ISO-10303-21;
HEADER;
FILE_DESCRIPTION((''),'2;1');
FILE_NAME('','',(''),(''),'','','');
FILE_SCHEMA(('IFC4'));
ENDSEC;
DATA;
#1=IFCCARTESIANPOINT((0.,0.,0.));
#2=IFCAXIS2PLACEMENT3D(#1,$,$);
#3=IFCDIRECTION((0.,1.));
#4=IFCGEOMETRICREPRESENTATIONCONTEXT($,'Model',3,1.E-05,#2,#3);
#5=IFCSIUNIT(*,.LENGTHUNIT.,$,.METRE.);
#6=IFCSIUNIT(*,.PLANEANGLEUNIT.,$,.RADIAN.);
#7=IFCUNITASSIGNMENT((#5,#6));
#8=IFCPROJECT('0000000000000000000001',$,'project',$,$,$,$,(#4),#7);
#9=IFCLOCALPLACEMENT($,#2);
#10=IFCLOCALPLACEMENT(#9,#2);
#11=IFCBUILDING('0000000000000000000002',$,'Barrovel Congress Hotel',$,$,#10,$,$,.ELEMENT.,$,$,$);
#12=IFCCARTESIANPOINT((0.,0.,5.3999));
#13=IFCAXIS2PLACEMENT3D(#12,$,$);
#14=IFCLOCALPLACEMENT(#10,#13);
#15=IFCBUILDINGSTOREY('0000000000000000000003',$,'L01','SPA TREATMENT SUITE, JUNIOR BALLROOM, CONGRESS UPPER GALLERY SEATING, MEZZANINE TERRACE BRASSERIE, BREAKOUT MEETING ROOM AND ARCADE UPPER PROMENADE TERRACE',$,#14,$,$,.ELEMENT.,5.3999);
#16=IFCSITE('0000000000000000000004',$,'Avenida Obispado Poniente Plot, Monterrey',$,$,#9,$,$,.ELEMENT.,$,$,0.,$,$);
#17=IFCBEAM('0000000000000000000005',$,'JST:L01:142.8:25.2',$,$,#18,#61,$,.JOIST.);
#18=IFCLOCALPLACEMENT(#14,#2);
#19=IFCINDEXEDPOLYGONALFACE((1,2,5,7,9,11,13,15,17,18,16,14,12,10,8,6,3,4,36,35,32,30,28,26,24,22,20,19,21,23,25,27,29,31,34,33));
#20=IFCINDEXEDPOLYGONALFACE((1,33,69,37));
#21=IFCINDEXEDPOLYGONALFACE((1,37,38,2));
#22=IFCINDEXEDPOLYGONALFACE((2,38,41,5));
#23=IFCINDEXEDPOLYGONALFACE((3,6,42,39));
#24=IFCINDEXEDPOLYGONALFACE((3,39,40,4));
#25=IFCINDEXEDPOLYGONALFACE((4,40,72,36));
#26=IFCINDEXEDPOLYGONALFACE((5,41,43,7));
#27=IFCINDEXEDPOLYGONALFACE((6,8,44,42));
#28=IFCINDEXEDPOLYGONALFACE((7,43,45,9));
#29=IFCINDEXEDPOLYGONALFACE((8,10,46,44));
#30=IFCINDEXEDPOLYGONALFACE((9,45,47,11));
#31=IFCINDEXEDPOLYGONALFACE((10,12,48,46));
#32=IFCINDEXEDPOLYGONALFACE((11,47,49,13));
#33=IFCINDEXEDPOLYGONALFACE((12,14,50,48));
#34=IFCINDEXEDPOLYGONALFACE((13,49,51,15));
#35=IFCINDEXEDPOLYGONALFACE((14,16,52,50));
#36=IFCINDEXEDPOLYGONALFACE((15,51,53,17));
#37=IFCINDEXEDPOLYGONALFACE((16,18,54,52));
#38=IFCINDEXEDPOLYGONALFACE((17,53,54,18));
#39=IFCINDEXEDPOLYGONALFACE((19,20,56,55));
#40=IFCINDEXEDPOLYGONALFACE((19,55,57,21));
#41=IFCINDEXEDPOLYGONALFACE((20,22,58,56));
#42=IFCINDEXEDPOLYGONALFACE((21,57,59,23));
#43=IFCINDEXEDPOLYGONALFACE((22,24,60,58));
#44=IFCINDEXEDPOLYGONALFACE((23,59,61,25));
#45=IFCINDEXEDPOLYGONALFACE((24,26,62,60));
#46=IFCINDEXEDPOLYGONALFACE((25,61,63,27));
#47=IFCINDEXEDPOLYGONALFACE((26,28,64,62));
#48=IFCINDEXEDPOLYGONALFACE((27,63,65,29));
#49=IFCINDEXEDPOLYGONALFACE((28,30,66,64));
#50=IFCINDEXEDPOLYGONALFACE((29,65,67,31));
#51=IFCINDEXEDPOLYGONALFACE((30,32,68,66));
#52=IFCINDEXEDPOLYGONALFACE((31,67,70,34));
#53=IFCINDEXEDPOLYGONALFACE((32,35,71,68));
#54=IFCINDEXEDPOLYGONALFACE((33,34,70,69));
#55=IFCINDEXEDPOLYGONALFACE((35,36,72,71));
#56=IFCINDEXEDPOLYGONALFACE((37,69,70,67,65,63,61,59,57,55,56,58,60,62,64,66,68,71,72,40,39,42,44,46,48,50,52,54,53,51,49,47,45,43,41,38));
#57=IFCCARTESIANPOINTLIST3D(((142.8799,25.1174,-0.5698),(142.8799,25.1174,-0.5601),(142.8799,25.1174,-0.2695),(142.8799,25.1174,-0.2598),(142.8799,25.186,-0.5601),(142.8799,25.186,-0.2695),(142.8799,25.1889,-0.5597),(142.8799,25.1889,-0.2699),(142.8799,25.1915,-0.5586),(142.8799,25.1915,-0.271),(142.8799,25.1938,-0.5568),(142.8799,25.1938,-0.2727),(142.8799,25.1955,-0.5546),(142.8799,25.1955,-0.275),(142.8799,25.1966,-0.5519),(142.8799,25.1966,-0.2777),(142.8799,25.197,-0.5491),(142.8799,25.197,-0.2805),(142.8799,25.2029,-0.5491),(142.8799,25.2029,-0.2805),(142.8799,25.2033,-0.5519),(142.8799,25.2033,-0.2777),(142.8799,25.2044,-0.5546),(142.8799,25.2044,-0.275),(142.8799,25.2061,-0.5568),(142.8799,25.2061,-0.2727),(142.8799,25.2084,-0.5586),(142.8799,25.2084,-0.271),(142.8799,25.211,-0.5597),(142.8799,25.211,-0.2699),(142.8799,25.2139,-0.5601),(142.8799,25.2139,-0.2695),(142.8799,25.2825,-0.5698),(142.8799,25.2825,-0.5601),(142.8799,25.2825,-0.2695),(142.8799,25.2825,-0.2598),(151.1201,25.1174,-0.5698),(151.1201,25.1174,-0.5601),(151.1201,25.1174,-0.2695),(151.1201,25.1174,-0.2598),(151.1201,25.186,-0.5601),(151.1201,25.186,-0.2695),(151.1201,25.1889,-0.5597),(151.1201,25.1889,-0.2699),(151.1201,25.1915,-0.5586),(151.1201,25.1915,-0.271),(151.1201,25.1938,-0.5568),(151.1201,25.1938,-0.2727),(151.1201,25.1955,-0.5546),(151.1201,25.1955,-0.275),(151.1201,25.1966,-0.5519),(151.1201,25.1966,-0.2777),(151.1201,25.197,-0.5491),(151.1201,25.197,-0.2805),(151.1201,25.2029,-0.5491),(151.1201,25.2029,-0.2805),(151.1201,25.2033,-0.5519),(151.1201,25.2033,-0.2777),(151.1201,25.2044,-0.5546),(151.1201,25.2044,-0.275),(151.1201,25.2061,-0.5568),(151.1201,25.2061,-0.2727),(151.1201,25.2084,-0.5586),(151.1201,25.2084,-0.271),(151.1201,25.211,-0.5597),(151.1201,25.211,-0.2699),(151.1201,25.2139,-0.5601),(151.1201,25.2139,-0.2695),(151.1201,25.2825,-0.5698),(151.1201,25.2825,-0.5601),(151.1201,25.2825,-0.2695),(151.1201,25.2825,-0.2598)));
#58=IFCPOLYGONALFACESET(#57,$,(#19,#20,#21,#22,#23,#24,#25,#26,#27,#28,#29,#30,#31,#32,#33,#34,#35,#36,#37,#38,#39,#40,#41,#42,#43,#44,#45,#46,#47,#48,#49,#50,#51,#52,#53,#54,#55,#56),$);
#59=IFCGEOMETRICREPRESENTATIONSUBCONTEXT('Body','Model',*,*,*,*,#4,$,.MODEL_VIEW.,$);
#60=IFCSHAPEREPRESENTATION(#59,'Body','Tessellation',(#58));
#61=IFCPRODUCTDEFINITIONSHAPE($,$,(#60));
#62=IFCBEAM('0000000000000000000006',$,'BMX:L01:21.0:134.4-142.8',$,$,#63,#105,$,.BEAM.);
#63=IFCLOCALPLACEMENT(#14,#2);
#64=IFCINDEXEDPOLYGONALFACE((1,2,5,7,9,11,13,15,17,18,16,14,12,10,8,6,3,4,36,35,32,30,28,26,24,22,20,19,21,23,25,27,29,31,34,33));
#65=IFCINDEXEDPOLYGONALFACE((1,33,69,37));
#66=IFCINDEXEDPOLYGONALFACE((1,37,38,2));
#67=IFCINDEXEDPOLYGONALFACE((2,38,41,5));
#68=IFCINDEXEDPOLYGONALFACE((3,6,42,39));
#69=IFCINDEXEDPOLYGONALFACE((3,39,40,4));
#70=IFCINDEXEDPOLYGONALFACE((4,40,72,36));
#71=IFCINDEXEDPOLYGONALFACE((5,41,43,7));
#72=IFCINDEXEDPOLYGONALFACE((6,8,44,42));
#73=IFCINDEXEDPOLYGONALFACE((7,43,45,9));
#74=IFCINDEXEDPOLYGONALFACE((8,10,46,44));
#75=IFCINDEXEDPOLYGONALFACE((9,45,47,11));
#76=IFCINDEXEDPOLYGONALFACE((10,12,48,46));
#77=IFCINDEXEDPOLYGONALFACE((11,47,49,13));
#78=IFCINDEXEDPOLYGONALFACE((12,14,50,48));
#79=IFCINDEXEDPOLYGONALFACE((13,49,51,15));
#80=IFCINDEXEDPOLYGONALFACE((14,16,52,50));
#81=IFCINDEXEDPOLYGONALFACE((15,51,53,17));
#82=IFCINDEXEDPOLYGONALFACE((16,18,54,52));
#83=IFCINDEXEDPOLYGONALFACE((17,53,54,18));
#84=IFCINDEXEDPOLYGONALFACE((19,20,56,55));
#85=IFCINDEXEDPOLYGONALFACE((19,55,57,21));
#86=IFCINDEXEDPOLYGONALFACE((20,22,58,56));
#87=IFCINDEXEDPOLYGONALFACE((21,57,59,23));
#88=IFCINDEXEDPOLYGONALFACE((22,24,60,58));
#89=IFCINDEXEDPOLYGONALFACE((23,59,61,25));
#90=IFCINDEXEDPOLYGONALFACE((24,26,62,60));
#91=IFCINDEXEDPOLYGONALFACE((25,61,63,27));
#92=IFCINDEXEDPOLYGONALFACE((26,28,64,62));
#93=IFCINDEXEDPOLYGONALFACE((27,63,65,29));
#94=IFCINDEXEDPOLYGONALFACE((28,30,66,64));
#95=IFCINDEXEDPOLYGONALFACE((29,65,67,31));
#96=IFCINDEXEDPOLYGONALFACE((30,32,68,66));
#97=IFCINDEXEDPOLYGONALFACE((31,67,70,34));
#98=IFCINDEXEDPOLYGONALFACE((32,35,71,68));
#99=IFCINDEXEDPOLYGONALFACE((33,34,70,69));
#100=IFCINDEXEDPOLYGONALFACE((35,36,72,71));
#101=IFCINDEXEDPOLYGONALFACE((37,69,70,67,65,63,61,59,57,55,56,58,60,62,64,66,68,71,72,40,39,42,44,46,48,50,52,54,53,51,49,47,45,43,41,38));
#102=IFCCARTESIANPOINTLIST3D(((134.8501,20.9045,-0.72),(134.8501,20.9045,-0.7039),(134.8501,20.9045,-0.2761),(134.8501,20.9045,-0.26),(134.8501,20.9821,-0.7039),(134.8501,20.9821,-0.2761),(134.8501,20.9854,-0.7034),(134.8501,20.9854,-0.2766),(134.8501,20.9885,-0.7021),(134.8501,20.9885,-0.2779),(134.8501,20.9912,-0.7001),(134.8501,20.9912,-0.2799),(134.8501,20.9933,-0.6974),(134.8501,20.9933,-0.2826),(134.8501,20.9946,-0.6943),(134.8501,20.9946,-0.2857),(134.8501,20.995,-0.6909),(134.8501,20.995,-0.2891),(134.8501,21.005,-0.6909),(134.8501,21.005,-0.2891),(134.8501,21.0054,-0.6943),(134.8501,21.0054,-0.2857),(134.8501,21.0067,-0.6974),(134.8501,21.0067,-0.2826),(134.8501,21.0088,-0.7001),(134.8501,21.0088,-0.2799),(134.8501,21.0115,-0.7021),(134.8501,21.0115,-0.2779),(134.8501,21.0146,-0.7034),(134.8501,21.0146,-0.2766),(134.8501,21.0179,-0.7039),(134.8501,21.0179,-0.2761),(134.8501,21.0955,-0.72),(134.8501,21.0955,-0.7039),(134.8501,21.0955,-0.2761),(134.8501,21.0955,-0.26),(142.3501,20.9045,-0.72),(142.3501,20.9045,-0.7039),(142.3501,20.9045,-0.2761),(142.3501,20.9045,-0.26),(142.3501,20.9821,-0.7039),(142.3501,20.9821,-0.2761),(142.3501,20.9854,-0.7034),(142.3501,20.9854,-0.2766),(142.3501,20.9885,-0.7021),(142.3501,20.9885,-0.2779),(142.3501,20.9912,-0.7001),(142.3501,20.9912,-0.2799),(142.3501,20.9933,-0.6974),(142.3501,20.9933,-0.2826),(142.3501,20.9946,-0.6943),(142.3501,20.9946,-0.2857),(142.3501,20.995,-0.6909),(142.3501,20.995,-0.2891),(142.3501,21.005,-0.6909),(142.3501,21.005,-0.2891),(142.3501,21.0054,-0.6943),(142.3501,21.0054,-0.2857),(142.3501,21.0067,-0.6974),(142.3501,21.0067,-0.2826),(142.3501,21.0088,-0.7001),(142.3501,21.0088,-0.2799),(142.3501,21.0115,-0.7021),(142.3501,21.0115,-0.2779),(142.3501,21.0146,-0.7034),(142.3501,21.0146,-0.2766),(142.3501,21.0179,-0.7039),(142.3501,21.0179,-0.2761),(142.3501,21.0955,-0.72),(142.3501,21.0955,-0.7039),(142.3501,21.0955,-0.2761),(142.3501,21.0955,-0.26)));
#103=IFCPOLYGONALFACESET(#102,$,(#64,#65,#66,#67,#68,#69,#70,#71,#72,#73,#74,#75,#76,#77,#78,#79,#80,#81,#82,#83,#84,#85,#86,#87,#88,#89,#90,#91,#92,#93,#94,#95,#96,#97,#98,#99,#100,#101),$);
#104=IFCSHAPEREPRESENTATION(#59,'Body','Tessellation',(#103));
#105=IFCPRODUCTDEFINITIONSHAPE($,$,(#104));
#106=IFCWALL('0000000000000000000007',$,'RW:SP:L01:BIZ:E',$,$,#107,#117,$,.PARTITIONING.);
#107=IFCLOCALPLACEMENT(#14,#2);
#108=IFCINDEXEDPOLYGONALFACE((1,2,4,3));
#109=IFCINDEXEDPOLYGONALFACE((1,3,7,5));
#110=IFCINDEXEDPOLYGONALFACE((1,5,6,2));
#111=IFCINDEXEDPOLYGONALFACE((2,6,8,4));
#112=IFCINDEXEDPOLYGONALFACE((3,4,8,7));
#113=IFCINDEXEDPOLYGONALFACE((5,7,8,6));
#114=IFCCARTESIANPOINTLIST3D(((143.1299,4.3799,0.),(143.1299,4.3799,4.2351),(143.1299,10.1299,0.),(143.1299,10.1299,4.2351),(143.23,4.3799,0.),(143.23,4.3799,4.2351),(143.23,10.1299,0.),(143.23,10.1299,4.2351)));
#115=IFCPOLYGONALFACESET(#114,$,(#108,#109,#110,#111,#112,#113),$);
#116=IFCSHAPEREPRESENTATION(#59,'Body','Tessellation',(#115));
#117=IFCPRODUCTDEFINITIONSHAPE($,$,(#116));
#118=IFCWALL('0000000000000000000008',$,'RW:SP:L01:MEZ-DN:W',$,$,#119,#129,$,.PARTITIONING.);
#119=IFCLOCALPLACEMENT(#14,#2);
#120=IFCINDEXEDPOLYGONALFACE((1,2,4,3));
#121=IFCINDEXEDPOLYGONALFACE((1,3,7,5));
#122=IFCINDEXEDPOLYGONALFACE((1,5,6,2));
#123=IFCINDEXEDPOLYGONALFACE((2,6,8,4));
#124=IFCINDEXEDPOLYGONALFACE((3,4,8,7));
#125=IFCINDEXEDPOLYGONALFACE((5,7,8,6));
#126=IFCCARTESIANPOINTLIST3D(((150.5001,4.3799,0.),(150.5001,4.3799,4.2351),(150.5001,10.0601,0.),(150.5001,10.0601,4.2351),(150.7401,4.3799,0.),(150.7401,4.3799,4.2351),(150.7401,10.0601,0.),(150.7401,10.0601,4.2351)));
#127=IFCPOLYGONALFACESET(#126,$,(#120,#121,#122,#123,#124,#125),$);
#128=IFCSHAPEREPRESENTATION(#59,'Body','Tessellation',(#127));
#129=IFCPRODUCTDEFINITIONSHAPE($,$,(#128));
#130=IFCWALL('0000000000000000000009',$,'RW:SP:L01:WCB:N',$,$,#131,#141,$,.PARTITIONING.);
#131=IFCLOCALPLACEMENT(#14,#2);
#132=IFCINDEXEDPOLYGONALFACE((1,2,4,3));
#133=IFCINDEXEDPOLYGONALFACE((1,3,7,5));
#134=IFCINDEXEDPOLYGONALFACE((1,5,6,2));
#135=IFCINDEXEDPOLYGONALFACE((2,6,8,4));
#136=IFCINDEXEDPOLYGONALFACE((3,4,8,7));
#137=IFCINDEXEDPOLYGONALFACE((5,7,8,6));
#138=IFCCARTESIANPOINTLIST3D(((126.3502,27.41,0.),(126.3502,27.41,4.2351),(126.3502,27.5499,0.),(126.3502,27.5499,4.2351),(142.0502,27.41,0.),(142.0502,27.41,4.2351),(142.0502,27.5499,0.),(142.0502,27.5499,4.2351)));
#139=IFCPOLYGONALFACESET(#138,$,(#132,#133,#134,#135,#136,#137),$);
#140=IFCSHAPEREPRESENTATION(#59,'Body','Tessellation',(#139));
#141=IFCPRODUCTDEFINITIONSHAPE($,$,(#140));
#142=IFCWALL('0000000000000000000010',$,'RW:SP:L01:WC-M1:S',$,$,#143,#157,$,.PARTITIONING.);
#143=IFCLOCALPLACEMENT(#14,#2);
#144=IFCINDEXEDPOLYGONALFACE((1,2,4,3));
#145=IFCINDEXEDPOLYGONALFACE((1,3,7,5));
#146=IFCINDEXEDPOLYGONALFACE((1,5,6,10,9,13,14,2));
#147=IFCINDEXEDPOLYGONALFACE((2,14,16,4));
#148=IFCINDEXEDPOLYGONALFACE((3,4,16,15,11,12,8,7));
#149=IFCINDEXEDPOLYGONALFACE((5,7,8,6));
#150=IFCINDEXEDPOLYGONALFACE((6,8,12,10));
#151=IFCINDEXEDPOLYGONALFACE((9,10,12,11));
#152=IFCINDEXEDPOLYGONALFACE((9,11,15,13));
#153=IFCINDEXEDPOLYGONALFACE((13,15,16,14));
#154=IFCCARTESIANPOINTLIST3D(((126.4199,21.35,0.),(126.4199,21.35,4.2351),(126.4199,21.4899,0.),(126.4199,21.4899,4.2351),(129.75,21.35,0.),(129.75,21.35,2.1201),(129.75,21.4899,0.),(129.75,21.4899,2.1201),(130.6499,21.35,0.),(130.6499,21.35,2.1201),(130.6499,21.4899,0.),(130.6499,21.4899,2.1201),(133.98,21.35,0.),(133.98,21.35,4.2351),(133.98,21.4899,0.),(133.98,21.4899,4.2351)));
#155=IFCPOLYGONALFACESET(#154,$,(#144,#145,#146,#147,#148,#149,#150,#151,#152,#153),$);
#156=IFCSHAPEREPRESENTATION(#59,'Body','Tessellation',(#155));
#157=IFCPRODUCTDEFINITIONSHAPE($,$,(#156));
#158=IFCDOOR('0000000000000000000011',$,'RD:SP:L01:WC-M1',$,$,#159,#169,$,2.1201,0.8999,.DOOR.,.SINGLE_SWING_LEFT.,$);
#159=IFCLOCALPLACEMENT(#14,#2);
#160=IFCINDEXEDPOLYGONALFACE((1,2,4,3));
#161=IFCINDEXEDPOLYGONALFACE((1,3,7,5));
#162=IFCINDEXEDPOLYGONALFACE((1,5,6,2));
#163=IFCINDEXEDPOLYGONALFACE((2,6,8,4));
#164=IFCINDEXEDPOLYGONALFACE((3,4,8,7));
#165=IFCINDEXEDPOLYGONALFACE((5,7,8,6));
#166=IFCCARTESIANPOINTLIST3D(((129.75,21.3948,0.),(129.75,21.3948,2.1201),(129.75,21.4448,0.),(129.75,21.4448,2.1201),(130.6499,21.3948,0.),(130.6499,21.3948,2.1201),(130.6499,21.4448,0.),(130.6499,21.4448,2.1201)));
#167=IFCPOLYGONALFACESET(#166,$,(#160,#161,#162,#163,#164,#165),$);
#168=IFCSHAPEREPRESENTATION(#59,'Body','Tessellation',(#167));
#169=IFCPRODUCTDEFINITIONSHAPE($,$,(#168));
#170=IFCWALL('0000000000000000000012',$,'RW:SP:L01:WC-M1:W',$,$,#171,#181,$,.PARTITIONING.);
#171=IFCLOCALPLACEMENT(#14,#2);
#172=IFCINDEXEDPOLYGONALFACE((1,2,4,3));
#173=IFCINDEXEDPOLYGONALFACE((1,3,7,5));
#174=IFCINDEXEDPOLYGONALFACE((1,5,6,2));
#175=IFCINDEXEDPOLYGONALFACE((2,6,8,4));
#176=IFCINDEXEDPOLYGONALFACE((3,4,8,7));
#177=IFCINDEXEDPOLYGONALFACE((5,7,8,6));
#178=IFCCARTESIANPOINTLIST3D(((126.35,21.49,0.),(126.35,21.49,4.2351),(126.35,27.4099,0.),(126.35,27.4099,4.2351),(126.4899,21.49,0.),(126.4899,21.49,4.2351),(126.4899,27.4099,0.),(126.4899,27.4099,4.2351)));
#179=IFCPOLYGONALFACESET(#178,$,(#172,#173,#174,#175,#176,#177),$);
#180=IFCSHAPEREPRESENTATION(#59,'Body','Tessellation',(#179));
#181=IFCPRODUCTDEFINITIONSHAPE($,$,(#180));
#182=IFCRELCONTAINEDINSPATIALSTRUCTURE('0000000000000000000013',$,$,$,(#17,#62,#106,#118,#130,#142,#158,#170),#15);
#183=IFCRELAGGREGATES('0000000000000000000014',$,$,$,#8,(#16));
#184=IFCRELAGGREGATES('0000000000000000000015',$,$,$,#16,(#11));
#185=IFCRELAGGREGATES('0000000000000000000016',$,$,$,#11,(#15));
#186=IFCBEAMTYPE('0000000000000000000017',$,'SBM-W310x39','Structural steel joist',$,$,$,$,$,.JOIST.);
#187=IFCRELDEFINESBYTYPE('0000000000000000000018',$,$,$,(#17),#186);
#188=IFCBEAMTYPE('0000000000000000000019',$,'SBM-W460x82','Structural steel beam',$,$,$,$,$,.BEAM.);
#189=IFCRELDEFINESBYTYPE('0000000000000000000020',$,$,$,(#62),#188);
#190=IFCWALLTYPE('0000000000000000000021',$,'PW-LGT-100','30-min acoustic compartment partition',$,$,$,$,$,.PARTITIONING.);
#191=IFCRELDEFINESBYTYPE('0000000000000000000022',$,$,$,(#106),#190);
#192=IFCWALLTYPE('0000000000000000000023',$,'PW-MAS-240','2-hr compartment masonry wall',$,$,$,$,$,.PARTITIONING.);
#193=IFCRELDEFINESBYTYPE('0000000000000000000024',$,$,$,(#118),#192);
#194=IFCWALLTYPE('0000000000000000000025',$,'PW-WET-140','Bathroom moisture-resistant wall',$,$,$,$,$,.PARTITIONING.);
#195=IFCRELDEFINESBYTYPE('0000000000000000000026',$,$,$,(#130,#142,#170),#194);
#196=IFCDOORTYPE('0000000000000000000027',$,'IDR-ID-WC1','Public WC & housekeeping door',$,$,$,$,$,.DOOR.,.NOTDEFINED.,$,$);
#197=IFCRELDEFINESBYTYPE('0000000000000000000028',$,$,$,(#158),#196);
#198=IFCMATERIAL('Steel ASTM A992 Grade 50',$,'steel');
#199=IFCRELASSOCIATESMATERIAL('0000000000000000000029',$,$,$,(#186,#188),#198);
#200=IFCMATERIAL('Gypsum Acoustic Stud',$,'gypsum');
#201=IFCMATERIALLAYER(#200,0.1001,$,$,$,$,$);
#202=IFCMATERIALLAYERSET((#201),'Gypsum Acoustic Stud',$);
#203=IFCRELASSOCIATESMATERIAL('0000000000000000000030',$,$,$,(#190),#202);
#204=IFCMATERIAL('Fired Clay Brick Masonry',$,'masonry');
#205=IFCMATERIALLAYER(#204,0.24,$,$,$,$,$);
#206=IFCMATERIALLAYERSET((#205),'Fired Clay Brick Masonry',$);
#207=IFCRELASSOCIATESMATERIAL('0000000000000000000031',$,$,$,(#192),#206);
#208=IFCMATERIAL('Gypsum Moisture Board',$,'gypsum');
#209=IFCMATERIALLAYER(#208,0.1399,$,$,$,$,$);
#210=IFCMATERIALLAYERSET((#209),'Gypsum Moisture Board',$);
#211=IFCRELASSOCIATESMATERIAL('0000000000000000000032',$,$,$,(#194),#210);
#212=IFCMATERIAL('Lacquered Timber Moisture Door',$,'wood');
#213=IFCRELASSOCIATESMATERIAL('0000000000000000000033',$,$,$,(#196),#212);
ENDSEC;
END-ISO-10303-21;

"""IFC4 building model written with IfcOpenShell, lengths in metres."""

from ifc_helpers import new_model, si_unit, direction, frame, frame_2d, origin, origin_2d, place, context, subcontext, project, spatial, rectangle, i_section, extrude, material, layer, layer_set, material_profile, profile_set, type_object, element, fill, save


model = new_model("IFC4")

# Units and contexts
model_context = context("Model", 3, precision=1e-05, world=origin(), true_north=direction((0.0, 1.0)))
body_context = subcontext(model_context, "Body", "Model", "MODEL_VIEW")
ifc_project = project(units=[si_unit("LENGTHUNIT", "METRE"), si_unit("PLANEANGLEUNIT", "RADIAN")], contexts=[model_context])

# Site, building, storey
site_placement = place(None, origin())
site = spatial("IfcSite", under=ifc_project, at=site_placement, Name="Avenida Obispado Poniente Plot, Monterrey", CompositionType="ELEMENT", RefElevation=0.0)
building_placement = place(site_placement, origin())
building = spatial("IfcBuilding", under=site, at=building_placement, Name="Barrovel Congress Hotel", CompositionType="ELEMENT")
storey_placement = place(building_placement, frame((0.0, 0.0, 5.3999)))
storey = spatial("IfcBuildingStorey", under=building, at=storey_placement, Name="L01", Description="SPA TREATMENT SUITE, JUNIOR BALLROOM, CONGRESS UPPER GALLERY SEATING, MEZZANINE TERRACE BRASSERIE, BREAKOUT MEETING ROOM AND ARCADE UPPER PROMENADE TERRACE", CompositionType="ELEMENT", Elevation=5.3999)

# Beams
ifc_material_1 = material(Name="Steel ASTM A992 Grade 50", Category="steel")
ifc_material_profile_1 = material_profile(ifc_material_1, i_section(OverallWidth=0.165, OverallDepth=0.3101, WebThickness=0.0059, FlangeThickness=0.0098, FilletRadius=0.011, at=origin_2d()), Name="W310x39")
ifc_profile_set_1 = profile_set([ifc_material_profile_1], Name="Steel ASTM A992 Grade 50")
beam_type_1 = type_object("IfcBeamType", Name="SBM-W310x39", Description="Structural steel joist", PredefinedType="JOIST", material=ifc_profile_set_1)
beam_1_placement = place(storey_placement, frame((142.8799, 25.2, -0.4148), z_axis=(1.0, 0.0, 0.0), x_axis=(0.0, 1.0, 0.0)))
element("IfcBeam", 1, at=beam_1_placement, inside=storey, type_object=beam_type_1, Name="JST:L01:142.8:25.2", PredefinedType="JOIST", context=body_context, shape_type="SweptSolid", body=[
    extrude(i_section(OverallWidth=0.165, OverallDepth=0.3101, WebThickness=0.0059, FlangeThickness=0.0098, FilletRadius=0.011, at=origin_2d()), origin(), (0.0, 0.0, 1.0), 8.2402),
])
ifc_material_profile_2 = material_profile(ifc_material_1, i_section(OverallWidth=0.1909, OverallDepth=0.46, WebThickness=0.01, FlangeThickness=0.0161, FilletRadius=0.0129, at=origin_2d()), Name="W460x82")
ifc_profile_set_2 = profile_set([ifc_material_profile_2], Name="Steel ASTM A992 Grade 50")
beam_type_2 = type_object("IfcBeamType", Name="SBM-W460x82", Description="Structural steel beam", PredefinedType="BEAM", material=ifc_profile_set_2)
beam_2_placement = place(storey_placement, frame((134.8501, 21.0, -0.49), z_axis=(1.0, 0.0, 0.0), x_axis=(0.0, 1.0, 0.0)))
element("IfcBeam", 2, at=beam_2_placement, inside=storey, type_object=beam_type_2, Name="BMX:L01:21.0:134.4-142.8", PredefinedType="BEAM", context=body_context, shape_type="SweptSolid", body=[
    extrude(i_section(OverallWidth=0.1909, OverallDepth=0.46, WebThickness=0.01, FlangeThickness=0.0161, FilletRadius=0.0129, at=origin_2d()), origin(), (0.0, 0.0, 1.0), 7.5),
])

# Walls
ifc_material_2 = material(Name="Gypsum Acoustic Stud", Category="gypsum")
ifc_layer_1 = layer(ifc_material_2, 0.1001)
ifc_layer_set_1 = layer_set([ifc_layer_1], Name="Gypsum Acoustic Stud")
wall_type_1 = type_object("IfcWallType", Name="PW-LGT-100", Description="30-min acoustic compartment partition", PredefinedType="PARTITIONING", material=ifc_layer_set_1)
wall_1_placement = place(storey_placement, frame((143.1799, 4.3799, 0.0), z_axis=(0.0, 0.0, 1.0), x_axis=(0.0, 1.0, 0.0)))
element("IfcWall", 3, at=wall_1_placement, inside=storey, type_object=wall_type_1, Name="RW:SP:L01:BIZ:E", PredefinedType="PARTITIONING", context=body_context, shape_type="SweptSolid", body=[
    extrude(rectangle(XDim=5.75, YDim=0.1001, at=frame_2d((2.875, 0.0))), origin(), (0.0, 0.0, 1.0), 4.2351),
])
ifc_material_3 = material(Name="Fired Clay Brick Masonry", Category="masonry")
ifc_layer_2 = layer(ifc_material_3, 0.24)
ifc_layer_set_2 = layer_set([ifc_layer_2], Name="Fired Clay Brick Masonry")
wall_type_2 = type_object("IfcWallType", Name="PW-MAS-240", Description="2-hr compartment masonry wall", PredefinedType="PARTITIONING", material=ifc_layer_set_2)
wall_2_placement = place(storey_placement, frame((150.6201, 4.3799, 0.0), z_axis=(0.0, 0.0, 1.0), x_axis=(0.0, 1.0, 0.0)))
element("IfcWall", 4, at=wall_2_placement, inside=storey, type_object=wall_type_2, Name="RW:SP:L01:MEZ-DN:W", PredefinedType="PARTITIONING", context=body_context, shape_type="SweptSolid", body=[
    extrude(rectangle(XDim=5.6802, YDim=0.24, at=frame_2d((2.8401, 0.0))), origin(), (0.0, 0.0, 1.0), 4.2351),
])
ifc_material_4 = material(Name="Gypsum Moisture Board", Category="gypsum")
ifc_layer_3 = layer(ifc_material_4, 0.1399)
ifc_layer_set_3 = layer_set([ifc_layer_3], Name="Gypsum Moisture Board")
wall_type_3 = type_object("IfcWallType", Name="PW-WET-140", Description="Bathroom moisture-resistant wall", PredefinedType="PARTITIONING", material=ifc_layer_set_3)
wall_3_placement = place(storey_placement, frame((126.3501, 27.48, 0.0), z_axis=(0.0, 0.0, 1.0), x_axis=(1.0, 0.0, 0.0)))
element("IfcWall", 5, at=wall_3_placement, inside=storey, type_object=wall_type_3, Name="RW:SP:L01:WCB:N", PredefinedType="PARTITIONING", context=body_context, shape_type="SweptSolid", body=[
    extrude(rectangle(XDim=15.7, YDim=0.1399, at=frame_2d((7.8501, 0.0))), origin(), (0.0, 0.0, 1.0), 4.2351),
])

# Wall, opening, door
wall_4_placement = place(storey_placement, frame((126.4199, 21.4199, 0.0), z_axis=(0.0, 0.0, 1.0), x_axis=(1.0, 0.0, 0.0)))
wall_4 = element("IfcWall", 6, at=wall_4_placement, inside=storey, type_object=wall_type_3, Name="RW:SP:L01:WC-M1:S", PredefinedType="PARTITIONING", context=body_context, shape_type="SweptSolid", body=[
    extrude(rectangle(XDim=7.5601, YDim=0.1399, at=frame_2d((3.78, 0.0))), origin(), (0.0, 0.0, 1.0), 4.2351),
])
opening_1_placement = place(wall_4_placement, frame((3.3301, 0.0, 0.0)))
opening_1 = element("IfcOpeningElement", 7, at=opening_1_placement, cuts=wall_4, PredefinedType="OPENING", context=body_context, shape_type="SweptSolid", body=[
    extrude(rectangle(XDim=0.8999, YDim=2.1201, at=frame_2d((0.45, 1.0601))), frame((0.0, 0.0801, 0.0), z_axis=(0.0, -1.0, 0.0), x_axis=(1.0, 0.0, 0.0)), (0.0, 0.0, 1.0), 0.1599),
])
ifc_material_5 = material(Name="Lacquered Timber Moisture Door", Category="wood")
door_type_1 = type_object("IfcDoorType", Name="IDR-ID-WC1", Description="Public WC & housekeeping door", OperationType="NOTDEFINED", PredefinedType="DOOR", material=ifc_material_5)
door_1_placement = place(opening_1_placement, origin())
door_1 = element("IfcDoor", 8, at=door_1_placement, inside=storey, type_object=door_type_1, Name="RD:SP:L01:WC-M1", OperationType="SINGLE_SWING_LEFT", OverallHeight=2.1201, OverallWidth=0.8999, PredefinedType="DOOR", context=body_context, shape_type="SweptSolid", body=[
    extrude(rectangle(XDim=0.8999, YDim=2.1201, at=frame_2d((0.45, 1.0601))), frame((0.0, 0.0249, 0.0), z_axis=(0.0, -1.0, 0.0), x_axis=(1.0, 0.0, 0.0)), (0.0, 0.0, 1.0), 0.05),
])
fill(opening_1, door_1)

# Wall
for number, where, z_axis, x_axis, name in (
    (9, (126.4199, 21.49, 0.0), (0.0, 0.0, 1.0), (0.0, 1.0, 0.0), "RW:SP:L01:WC-M1:W"),
):
    element("IfcWall", number, at=place(storey_placement, frame(where, z_axis=z_axis, x_axis=x_axis)), inside=storey, type_object=wall_type_3, Name=name, PredefinedType="PARTITIONING", context=body_context, shape_type="SweptSolid", body=[
        extrude(rectangle(XDim=5.9199, YDim=0.1399, at=frame_2d((2.96, 0.0))), origin(), (0.0, 0.0, 1.0), 4.2351),
    ])

save(model, "model.ifc")
